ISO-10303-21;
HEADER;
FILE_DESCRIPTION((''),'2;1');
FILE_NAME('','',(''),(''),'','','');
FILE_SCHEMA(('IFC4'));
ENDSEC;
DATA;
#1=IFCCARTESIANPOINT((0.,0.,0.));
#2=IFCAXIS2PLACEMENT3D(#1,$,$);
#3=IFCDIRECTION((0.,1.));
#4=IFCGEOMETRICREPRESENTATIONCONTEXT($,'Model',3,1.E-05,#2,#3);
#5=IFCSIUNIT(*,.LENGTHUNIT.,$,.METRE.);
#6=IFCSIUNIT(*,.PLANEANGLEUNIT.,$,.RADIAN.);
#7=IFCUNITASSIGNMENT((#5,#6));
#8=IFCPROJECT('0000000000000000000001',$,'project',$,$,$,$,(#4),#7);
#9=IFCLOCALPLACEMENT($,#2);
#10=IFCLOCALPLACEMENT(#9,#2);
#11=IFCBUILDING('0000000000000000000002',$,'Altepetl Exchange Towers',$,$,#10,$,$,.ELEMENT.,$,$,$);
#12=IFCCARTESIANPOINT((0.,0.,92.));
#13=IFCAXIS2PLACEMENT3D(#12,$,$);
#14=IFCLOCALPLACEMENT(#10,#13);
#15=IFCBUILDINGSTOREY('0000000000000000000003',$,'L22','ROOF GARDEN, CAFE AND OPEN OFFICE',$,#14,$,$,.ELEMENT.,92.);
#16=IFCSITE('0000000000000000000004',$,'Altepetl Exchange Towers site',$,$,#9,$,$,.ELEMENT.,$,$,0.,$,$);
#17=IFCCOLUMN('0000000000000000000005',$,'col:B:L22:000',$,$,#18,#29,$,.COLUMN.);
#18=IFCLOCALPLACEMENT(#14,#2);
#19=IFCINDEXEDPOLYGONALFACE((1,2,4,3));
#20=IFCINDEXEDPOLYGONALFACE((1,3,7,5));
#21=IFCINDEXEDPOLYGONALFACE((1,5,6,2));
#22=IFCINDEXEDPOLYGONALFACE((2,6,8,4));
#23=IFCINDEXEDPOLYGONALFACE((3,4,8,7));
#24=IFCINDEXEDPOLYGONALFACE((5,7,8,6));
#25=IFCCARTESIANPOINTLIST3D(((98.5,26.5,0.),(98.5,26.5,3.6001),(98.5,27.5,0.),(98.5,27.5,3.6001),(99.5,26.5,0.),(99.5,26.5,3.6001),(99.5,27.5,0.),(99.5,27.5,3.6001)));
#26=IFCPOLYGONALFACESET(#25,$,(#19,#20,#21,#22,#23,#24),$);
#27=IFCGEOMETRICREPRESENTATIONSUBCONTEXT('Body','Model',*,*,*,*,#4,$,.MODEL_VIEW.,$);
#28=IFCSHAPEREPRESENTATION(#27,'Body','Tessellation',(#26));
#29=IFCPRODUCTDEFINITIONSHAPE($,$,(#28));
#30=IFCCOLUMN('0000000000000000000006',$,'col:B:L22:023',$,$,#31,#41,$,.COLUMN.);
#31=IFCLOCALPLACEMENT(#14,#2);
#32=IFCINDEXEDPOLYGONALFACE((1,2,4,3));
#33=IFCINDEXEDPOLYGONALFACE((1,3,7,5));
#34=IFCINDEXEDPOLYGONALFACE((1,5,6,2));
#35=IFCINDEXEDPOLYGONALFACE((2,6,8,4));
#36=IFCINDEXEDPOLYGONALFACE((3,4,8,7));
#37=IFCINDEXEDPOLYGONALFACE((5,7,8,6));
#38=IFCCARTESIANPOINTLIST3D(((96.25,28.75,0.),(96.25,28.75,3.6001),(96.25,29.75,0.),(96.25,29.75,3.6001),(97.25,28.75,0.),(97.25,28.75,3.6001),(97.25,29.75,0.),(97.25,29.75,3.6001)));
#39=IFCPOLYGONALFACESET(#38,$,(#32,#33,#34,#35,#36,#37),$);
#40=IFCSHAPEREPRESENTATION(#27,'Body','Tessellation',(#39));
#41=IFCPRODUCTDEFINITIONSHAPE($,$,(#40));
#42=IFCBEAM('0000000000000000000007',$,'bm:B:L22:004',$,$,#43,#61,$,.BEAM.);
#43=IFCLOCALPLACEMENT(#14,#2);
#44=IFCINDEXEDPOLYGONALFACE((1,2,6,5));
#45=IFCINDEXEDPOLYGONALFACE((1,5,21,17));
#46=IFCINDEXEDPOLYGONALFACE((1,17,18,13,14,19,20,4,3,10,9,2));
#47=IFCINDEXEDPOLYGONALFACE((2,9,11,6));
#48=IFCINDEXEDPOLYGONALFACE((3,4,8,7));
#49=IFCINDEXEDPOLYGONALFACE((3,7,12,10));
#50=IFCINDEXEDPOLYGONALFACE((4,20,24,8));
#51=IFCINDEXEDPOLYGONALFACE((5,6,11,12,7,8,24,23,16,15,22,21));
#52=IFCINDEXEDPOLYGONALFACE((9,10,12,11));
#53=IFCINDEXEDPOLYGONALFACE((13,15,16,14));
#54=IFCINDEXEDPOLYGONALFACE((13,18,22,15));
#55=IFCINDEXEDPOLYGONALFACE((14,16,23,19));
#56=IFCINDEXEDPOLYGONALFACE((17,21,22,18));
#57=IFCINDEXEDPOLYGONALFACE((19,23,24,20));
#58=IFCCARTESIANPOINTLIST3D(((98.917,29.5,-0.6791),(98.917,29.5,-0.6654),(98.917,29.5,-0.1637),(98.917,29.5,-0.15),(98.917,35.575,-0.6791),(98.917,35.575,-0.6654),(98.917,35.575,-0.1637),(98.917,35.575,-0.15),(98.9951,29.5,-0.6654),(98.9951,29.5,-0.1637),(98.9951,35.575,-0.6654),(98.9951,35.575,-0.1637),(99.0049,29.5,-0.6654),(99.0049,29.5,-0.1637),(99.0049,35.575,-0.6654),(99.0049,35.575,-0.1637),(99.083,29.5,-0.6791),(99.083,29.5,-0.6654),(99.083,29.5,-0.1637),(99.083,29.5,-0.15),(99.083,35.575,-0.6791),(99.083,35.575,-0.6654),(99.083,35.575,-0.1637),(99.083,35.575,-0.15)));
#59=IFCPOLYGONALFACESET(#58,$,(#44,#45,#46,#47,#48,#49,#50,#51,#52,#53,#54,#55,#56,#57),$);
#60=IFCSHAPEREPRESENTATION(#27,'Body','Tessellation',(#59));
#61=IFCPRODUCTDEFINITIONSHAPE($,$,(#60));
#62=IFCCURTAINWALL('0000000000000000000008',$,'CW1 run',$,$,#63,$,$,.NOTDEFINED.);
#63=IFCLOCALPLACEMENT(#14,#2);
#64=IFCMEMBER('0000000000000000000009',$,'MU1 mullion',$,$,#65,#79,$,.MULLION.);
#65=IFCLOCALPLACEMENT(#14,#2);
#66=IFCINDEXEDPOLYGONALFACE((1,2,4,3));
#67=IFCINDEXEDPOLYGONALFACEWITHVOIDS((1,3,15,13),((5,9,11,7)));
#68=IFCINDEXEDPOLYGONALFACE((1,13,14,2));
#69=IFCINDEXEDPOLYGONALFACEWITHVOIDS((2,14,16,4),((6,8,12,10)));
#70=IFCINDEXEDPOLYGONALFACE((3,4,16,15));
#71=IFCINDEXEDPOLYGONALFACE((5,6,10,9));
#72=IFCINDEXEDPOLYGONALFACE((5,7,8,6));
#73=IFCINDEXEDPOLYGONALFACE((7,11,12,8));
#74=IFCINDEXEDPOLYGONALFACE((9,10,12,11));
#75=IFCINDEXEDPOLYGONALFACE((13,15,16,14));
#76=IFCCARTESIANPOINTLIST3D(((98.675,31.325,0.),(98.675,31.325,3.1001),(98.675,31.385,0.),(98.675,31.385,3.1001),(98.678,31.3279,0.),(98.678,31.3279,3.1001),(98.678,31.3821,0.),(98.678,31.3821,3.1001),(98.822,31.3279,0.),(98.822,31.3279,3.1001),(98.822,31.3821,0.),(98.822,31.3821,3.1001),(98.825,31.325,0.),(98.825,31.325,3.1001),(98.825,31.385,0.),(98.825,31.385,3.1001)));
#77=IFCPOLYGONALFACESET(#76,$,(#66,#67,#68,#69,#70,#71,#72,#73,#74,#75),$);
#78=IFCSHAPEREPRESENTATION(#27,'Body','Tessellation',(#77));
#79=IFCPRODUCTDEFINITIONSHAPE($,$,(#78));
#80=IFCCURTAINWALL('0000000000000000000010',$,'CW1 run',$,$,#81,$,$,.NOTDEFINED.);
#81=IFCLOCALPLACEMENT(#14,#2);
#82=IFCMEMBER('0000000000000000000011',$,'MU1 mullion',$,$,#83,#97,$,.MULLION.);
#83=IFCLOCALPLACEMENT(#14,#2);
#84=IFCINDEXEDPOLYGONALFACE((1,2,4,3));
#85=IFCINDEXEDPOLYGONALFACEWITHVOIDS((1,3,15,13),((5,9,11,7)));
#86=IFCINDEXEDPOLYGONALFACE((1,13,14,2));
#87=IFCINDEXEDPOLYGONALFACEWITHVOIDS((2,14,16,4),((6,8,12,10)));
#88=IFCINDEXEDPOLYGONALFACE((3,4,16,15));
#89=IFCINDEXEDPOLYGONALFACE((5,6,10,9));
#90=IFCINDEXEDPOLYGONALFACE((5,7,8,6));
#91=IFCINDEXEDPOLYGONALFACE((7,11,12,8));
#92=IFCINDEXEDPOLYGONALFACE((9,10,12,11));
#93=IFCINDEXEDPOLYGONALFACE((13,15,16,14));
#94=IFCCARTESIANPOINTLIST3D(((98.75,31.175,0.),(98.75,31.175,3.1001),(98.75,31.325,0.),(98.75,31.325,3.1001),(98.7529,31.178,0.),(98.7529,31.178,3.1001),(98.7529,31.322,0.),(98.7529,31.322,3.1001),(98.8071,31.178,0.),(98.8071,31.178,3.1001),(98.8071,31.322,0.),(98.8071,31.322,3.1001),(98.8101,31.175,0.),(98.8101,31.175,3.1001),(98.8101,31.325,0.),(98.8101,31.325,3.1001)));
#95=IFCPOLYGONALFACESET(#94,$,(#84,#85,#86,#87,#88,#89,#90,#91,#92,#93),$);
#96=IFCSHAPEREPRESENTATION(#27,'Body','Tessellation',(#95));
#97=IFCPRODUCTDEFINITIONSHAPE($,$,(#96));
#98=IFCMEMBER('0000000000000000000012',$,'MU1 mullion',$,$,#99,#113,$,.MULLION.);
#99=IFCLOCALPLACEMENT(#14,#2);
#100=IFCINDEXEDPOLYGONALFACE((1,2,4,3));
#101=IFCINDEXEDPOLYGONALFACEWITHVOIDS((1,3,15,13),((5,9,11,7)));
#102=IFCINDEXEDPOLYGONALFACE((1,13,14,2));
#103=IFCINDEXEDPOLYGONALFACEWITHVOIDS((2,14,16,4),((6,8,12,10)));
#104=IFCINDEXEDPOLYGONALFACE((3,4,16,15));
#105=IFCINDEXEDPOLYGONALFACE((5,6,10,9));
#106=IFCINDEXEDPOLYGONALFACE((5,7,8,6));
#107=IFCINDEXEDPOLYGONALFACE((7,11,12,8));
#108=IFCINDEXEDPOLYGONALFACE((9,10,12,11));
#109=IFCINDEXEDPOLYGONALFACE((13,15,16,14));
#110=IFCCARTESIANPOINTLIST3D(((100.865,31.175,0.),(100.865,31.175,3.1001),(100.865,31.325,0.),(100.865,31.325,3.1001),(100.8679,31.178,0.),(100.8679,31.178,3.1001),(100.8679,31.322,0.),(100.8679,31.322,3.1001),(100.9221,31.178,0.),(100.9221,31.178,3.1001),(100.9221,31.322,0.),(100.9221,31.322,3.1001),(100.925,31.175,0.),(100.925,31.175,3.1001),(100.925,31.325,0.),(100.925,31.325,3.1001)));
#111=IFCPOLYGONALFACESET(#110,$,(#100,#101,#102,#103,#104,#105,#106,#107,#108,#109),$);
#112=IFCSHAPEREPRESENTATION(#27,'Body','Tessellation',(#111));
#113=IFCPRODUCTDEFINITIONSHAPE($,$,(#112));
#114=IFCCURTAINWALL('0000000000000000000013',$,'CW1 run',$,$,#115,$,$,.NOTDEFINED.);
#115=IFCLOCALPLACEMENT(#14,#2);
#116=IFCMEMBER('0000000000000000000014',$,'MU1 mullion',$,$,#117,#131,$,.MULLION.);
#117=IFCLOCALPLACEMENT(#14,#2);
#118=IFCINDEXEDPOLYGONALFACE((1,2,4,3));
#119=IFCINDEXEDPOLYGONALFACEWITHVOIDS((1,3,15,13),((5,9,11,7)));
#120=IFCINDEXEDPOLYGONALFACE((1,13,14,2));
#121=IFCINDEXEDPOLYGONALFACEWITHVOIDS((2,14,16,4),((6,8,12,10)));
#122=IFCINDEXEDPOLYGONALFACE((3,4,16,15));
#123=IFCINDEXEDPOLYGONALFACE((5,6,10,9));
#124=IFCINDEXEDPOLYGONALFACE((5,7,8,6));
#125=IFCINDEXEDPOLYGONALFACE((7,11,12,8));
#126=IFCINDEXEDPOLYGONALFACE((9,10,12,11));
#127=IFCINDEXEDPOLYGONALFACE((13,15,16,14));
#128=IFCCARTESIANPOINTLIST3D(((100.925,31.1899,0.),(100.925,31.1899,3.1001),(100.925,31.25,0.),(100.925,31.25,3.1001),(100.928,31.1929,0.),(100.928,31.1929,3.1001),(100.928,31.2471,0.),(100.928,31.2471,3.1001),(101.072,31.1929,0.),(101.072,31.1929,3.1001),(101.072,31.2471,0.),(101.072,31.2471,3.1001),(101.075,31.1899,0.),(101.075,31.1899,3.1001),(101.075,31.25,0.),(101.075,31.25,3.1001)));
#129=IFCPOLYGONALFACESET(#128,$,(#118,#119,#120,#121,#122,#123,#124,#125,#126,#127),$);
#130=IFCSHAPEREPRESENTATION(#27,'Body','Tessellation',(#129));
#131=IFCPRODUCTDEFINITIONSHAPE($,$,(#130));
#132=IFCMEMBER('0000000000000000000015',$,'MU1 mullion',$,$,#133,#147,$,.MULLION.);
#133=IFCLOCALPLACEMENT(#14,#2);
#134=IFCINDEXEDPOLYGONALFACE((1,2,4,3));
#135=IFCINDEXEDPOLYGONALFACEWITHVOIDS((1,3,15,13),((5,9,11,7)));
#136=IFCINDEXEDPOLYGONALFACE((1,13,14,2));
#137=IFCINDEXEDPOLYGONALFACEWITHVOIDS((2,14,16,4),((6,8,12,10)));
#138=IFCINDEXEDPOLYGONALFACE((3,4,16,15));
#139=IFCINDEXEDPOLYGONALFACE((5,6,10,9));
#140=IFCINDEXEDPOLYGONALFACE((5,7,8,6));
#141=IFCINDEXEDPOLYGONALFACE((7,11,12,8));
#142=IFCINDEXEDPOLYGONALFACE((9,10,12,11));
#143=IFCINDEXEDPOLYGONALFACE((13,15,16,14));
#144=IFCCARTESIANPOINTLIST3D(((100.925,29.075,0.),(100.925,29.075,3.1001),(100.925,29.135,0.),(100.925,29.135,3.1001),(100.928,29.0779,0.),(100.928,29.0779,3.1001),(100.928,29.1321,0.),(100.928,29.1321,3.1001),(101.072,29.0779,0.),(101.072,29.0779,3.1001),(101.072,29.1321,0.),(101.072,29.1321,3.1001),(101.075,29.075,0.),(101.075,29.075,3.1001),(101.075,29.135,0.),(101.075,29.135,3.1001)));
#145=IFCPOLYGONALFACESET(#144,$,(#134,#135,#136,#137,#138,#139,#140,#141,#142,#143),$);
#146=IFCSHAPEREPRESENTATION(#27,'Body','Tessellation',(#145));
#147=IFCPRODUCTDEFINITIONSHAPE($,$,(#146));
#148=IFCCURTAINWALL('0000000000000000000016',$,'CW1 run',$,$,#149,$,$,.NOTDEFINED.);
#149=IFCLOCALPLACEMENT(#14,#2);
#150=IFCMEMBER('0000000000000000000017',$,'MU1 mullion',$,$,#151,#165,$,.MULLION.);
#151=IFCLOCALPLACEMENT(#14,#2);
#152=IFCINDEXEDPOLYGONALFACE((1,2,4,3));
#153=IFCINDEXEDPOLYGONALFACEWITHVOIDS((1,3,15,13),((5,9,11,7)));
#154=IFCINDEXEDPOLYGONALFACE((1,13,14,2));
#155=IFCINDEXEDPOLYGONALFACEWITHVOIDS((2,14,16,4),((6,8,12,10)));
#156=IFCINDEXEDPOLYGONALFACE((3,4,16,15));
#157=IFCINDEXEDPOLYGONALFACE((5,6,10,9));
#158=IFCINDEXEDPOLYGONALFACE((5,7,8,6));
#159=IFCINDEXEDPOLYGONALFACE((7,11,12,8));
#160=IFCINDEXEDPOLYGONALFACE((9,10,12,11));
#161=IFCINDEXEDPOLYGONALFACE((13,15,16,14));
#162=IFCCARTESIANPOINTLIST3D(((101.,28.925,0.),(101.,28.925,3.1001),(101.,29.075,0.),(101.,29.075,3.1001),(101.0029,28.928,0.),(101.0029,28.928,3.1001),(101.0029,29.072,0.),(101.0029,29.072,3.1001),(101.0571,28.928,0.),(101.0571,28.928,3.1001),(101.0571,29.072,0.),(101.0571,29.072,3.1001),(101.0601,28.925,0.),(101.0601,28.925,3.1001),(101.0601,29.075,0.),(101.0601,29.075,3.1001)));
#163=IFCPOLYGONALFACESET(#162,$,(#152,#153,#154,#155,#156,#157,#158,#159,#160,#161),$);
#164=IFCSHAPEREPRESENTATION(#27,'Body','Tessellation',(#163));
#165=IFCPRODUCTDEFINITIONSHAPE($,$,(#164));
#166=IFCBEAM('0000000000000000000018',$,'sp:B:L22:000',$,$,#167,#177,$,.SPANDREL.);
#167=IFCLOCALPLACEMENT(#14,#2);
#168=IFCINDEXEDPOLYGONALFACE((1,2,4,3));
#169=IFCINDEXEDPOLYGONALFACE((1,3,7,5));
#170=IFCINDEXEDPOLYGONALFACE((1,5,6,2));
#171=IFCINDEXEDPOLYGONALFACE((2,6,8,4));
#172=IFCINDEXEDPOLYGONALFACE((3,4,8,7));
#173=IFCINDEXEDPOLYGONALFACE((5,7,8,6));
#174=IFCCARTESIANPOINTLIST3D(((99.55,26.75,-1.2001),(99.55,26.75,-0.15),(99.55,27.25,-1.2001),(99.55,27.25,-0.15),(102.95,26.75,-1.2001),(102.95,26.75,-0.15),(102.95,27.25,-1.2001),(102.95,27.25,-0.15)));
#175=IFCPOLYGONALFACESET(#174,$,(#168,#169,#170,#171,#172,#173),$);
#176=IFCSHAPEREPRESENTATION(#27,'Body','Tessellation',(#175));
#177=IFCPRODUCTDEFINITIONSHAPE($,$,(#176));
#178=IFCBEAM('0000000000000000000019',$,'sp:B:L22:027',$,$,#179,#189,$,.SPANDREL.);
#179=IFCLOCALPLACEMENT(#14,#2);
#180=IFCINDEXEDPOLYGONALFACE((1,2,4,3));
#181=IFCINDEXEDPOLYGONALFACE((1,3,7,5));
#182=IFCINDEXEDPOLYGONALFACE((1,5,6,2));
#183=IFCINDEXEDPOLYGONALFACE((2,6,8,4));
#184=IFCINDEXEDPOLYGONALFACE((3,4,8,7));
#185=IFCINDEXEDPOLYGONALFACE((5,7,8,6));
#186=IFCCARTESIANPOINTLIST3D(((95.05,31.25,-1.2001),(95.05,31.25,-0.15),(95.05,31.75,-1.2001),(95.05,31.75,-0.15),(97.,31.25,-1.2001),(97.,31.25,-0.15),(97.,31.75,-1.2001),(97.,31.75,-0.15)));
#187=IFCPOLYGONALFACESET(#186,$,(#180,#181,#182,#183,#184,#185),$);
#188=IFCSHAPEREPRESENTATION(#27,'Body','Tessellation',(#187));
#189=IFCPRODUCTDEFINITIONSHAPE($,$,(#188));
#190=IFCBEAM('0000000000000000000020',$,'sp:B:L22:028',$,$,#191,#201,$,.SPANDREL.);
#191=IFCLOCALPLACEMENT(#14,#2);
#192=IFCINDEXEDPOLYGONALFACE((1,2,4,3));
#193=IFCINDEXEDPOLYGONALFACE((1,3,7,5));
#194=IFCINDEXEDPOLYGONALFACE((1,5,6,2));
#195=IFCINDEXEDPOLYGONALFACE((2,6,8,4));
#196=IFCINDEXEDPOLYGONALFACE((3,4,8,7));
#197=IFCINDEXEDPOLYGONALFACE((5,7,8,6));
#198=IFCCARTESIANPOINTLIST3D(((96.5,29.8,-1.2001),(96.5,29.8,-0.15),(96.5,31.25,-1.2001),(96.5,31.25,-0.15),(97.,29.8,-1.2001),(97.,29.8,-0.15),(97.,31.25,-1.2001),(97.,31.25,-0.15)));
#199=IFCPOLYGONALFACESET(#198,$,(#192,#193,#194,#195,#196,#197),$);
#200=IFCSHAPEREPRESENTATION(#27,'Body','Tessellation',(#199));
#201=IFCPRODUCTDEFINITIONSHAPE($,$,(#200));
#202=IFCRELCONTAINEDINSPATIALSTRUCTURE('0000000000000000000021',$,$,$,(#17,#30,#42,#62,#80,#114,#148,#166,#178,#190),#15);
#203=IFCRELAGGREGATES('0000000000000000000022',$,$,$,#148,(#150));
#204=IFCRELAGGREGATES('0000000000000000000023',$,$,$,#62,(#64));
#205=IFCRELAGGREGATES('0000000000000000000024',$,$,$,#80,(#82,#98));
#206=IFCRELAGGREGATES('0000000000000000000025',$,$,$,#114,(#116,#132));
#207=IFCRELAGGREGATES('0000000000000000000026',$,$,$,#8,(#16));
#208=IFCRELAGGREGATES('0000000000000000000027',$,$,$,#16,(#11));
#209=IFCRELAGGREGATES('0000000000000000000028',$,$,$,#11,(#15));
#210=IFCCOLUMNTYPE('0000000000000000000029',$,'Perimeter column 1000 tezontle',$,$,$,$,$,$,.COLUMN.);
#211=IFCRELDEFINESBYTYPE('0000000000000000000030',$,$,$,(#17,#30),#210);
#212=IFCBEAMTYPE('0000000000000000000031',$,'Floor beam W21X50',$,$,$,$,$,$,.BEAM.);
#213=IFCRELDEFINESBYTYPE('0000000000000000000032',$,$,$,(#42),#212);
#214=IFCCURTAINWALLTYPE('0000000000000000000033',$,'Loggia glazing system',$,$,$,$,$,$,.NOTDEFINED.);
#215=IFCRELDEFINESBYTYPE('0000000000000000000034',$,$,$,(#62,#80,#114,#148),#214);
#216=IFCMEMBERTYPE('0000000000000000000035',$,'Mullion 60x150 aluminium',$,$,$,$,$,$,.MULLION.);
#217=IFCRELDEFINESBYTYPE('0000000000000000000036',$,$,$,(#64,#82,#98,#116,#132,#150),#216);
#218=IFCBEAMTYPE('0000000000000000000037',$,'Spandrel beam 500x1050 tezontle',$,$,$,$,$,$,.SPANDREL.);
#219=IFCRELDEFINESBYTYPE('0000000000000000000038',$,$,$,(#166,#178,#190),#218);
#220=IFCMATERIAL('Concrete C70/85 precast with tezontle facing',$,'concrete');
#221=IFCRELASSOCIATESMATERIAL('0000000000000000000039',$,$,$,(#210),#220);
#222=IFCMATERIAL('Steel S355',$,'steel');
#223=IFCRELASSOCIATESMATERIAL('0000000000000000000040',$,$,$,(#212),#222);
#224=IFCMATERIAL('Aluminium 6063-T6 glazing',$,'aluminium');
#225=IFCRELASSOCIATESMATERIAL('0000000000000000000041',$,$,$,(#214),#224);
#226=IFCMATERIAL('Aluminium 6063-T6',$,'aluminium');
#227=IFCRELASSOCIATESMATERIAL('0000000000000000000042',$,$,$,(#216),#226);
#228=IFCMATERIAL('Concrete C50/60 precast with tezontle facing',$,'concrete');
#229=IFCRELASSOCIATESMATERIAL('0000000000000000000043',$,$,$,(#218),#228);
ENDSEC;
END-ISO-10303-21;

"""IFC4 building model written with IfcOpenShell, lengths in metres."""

from ifc_helpers import new_model, si_unit, direction, frame, origin, origin_2d, place, context, subcontext, project, spatial, rectangle, hollow_rectangle, i_section, extrude, material, material_profile, profile_set, type_object, element, aggregate, save


model = new_model("IFC4")

# Units and contexts
model_context = context("Model", 3, precision=1e-05, world=origin(), true_north=direction((0.0, 1.0)))
body_context = subcontext(model_context, "Body", "Model", "MODEL_VIEW")
ifc_project = project(units=[si_unit("LENGTHUNIT", "METRE"), si_unit("PLANEANGLEUNIT", "RADIAN")], contexts=[model_context])

# Site, building, storey
site_placement = place(None, origin())
site = spatial("IfcSite", under=ifc_project, at=site_placement, Name="Altepetl Exchange Towers site", CompositionType="ELEMENT", RefElevation=0.0)
building_placement = place(site_placement, origin())
building = spatial("IfcBuilding", under=site, at=building_placement, Name="Altepetl Exchange Towers", CompositionType="ELEMENT")
storey_placement = place(building_placement, frame((0.0, 0.0, 92.0)))
storey = spatial("IfcBuildingStorey", under=building, at=storey_placement, Name="L22", Description="ROOF GARDEN, CAFE AND OPEN OFFICE", CompositionType="ELEMENT", Elevation=92.0)

# Columns
ifc_material_1 = material(Name="Concrete C70/85 precast with tezontle facing", Category="concrete")
ifc_material_profile_1 = material_profile(ifc_material_1, rectangle(XDim=1.0, YDim=1.0, at=origin_2d()), Name="1000 x 1000")
ifc_profile_set_1 = profile_set([ifc_material_profile_1], Name="Concrete C70/85 precast with tezontle facing")
column_type = type_object("IfcColumnType", Name="Perimeter column 1000 tezontle", PredefinedType="COLUMN", material=ifc_profile_set_1)
for number, where, name in (
    (1, (99.0, 27.0, 0.0), "col:B:L22:000"),
    (2, (96.75, 29.25, 0.0), "col:B:L22:023"),
):
    element("IfcColumn", number, at=place(storey_placement, frame(where)), inside=storey, type_object=column_type, Name=name, PredefinedType="COLUMN", context=body_context, shape_type="SweptSolid", body=[
        extrude(rectangle(XDim=1.0, YDim=1.0, at=origin_2d()), origin(), (0.0, 0.0, 1.0), 3.6001),
    ])

# Beam
ifc_material_2 = material(Name="Steel S355", Category="steel")
ifc_material_profile_2 = material_profile(ifc_material_2, i_section(OverallWidth=0.166, OverallDepth=0.5291, WebThickness=0.0098, FlangeThickness=0.0137, at=origin_2d()), Name="W21X50")
ifc_profile_set_2 = profile_set([ifc_material_profile_2], Name="Steel S355")
beam_type_1 = type_object("IfcBeamType", Name="Floor beam W21X50", PredefinedType="BEAM", material=ifc_profile_set_2)
beam_1_placement = place(storey_placement, frame((99.0, 29.5, -0.4146), z_axis=(0.0, 1.0, 0.0), x_axis=(-1.0, 0.0, 0.0)))
element("IfcBeam", 3, at=beam_1_placement, inside=storey, type_object=beam_type_1, Name="bm:B:L22:004", PredefinedType="BEAM", context=body_context, shape_type="SweptSolid", body=[
    extrude(i_section(OverallWidth=0.166, OverallDepth=0.5291, WebThickness=0.0098, FlangeThickness=0.0137, at=origin_2d()), origin(), (0.0, 0.0, 1.0), 6.075),
])

# Curtain wall, member
ifc_material_3 = material(Name="Aluminium 6063-T6 glazing", Category="aluminium")
curtain_wall_type = type_object("IfcCurtainWallType", Name="Loggia glazing system", PredefinedType="NOTDEFINED", material=ifc_material_3)
curtain_wall_1_placement = place(storey_placement, origin())
curtain_wall_1 = element("IfcCurtainWall", 4, at=curtain_wall_1_placement, inside=storey, type_object=curtain_wall_type, Name="CW1 run", PredefinedType="NOTDEFINED")
ifc_material_4 = material(Name="Aluminium 6063-T6", Category="aluminium")
ifc_material_profile_3 = material_profile(ifc_material_4, hollow_rectangle(XDim=0.0601, YDim=0.1499, WallThickness=0.0029, at=origin_2d()), Name="Mullion 60x150 aluminium")
ifc_profile_set_3 = profile_set([ifc_material_profile_3], Name="Aluminium 6063-T6")
member_type = type_object("IfcMemberType", Name="Mullion 60x150 aluminium", PredefinedType="MULLION", material=ifc_profile_set_3)
member_1_placement = place(storey_placement, frame((98.75, 31.355, 0.0), z_axis=(0.0, 0.0, 1.0), x_axis=(0.0, -1.0, 0.0)))
member_1 = element("IfcMember", 5, at=member_1_placement, type_object=member_type, Name="MU1 mullion", PredefinedType="MULLION", context=body_context, shape_type="SweptSolid", body=[
    extrude(hollow_rectangle(XDim=0.0601, YDim=0.1499, WallThickness=0.0029, at=origin_2d()), origin(), (0.0, 0.0, 1.0), 3.1001),
])

# Curtain walls, members
curtain_wall_2_placement = place(storey_placement, origin())
curtain_wall_2 = element("IfcCurtainWall", 6, at=curtain_wall_2_placement, inside=storey, type_object=curtain_wall_type, Name="CW1 run", PredefinedType="NOTDEFINED")
member_2_placement = place(storey_placement, frame((98.78, 31.25, 0.0)))
member_2 = element("IfcMember", 7, at=member_2_placement, type_object=member_type, Name="MU1 mullion", PredefinedType="MULLION", context=body_context, shape_type="SweptSolid", body=[
    extrude(hollow_rectangle(XDim=0.0601, YDim=0.1499, WallThickness=0.0029, at=origin_2d()), origin(), (0.0, 0.0, 1.0), 3.1001),
])
member_3_placement = place(storey_placement, frame((100.895, 31.25, 0.0)))
member_3 = element("IfcMember", 8, at=member_3_placement, type_object=member_type, Name="MU1 mullion", PredefinedType="MULLION", context=body_context, shape_type="SweptSolid", body=[
    extrude(hollow_rectangle(XDim=0.0601, YDim=0.1499, WallThickness=0.0029, at=origin_2d()), origin(), (0.0, 0.0, 1.0), 3.1001),
])
curtain_wall_3_placement = place(storey_placement, origin())
curtain_wall_3 = element("IfcCurtainWall", 9, at=curtain_wall_3_placement, inside=storey, type_object=curtain_wall_type, Name="CW1 run", PredefinedType="NOTDEFINED")
member_4_placement = place(storey_placement, frame((101.0, 31.22, 0.0), z_axis=(0.0, 0.0, 1.0), x_axis=(0.0, -1.0, 0.0)))
member_4 = element("IfcMember", 10, at=member_4_placement, type_object=member_type, Name="MU1 mullion", PredefinedType="MULLION", context=body_context, shape_type="SweptSolid", body=[
    extrude(hollow_rectangle(XDim=0.0601, YDim=0.1499, WallThickness=0.0029, at=origin_2d()), origin(), (0.0, 0.0, 1.0), 3.1001),
])
member_5_placement = place(storey_placement, frame((101.0, 29.105, 0.0), z_axis=(0.0, 0.0, 1.0), x_axis=(0.0, -1.0, 0.0)))
member_5 = element("IfcMember", 11, at=member_5_placement, type_object=member_type, Name="MU1 mullion", PredefinedType="MULLION", context=body_context, shape_type="SweptSolid", body=[
    extrude(hollow_rectangle(XDim=0.0601, YDim=0.1499, WallThickness=0.0029, at=origin_2d()), origin(), (0.0, 0.0, 1.0), 3.1001),
])

# Curtain wall, member
curtain_wall_4_placement = place(storey_placement, origin())
curtain_wall_4 = element("IfcCurtainWall", 12, at=curtain_wall_4_placement, inside=storey, type_object=curtain_wall_type, Name="CW1 run", PredefinedType="NOTDEFINED")
member_6_placement = place(storey_placement, frame((101.03, 29.0, 0.0)))
member_6 = element("IfcMember", 13, at=member_6_placement, type_object=member_type, Name="MU1 mullion", PredefinedType="MULLION", context=body_context, shape_type="SweptSolid", body=[
    extrude(hollow_rectangle(XDim=0.0601, YDim=0.1499, WallThickness=0.0029, at=origin_2d()), origin(), (0.0, 0.0, 1.0), 3.1001),
])
aggregate(curtain_wall_4, [member_6])

# Beams
ifc_material_5 = material(Name="Concrete C50/60 precast with tezontle facing", Category="concrete")
ifc_material_profile_4 = material_profile(ifc_material_5, rectangle(XDim=0.5, YDim=1.05, at=origin_2d()), Name="500 x 1050")
ifc_profile_set_4 = profile_set([ifc_material_profile_4], Name="Concrete C50/60 precast with tezontle facing")
beam_type_2 = type_object("IfcBeamType", Name="Spandrel beam 500x1050 tezontle", PredefinedType="SPANDREL", material=ifc_profile_set_4)
beam_2_placement = place(storey_placement, frame((99.55, 27.0, -0.675), z_axis=(1.0, 0.0, 0.0), x_axis=(0.0, 1.0, 0.0)))
element("IfcBeam", 14, at=beam_2_placement, inside=storey, type_object=beam_type_2, Name="sp:B:L22:000", PredefinedType="SPANDREL", context=body_context, shape_type="SweptSolid", body=[
    extrude(rectangle(XDim=0.5, YDim=1.05, at=origin_2d()), origin(), (0.0, 0.0, 1.0), 3.3999),
])
beam_3_placement = place(storey_placement, frame((95.05, 31.5, -0.675), z_axis=(1.0, 0.0, 0.0), x_axis=(0.0, 1.0, 0.0)))
element("IfcBeam", 15, at=beam_3_placement, inside=storey, type_object=beam_type_2, Name="sp:B:L22:027", PredefinedType="SPANDREL", context=body_context, shape_type="SweptSolid", body=[
    extrude(rectangle(XDim=0.5, YDim=1.05, at=origin_2d()), origin(), (0.0, 0.0, 1.0), 1.95),
])
beam_4_placement = place(storey_placement, frame((96.75, 31.25, -0.675), z_axis=(0.0, -1.0, 0.0), x_axis=(1.0, 0.0, 0.0)))
element("IfcBeam", 16, at=beam_4_placement, inside=storey, type_object=beam_type_2, Name="sp:B:L22:028", PredefinedType="SPANDREL", context=body_context, shape_type="SweptSolid", body=[
    extrude(rectangle(XDim=0.5, YDim=1.05, at=origin_2d()), origin(), (0.0, 0.0, 1.0), 1.45),
])

aggregate(curtain_wall_1, [member_1])
aggregate(curtain_wall_2, [member_2, member_3])
aggregate(curtain_wall_3, [member_4, member_5])

save(model, "model.ifc")
